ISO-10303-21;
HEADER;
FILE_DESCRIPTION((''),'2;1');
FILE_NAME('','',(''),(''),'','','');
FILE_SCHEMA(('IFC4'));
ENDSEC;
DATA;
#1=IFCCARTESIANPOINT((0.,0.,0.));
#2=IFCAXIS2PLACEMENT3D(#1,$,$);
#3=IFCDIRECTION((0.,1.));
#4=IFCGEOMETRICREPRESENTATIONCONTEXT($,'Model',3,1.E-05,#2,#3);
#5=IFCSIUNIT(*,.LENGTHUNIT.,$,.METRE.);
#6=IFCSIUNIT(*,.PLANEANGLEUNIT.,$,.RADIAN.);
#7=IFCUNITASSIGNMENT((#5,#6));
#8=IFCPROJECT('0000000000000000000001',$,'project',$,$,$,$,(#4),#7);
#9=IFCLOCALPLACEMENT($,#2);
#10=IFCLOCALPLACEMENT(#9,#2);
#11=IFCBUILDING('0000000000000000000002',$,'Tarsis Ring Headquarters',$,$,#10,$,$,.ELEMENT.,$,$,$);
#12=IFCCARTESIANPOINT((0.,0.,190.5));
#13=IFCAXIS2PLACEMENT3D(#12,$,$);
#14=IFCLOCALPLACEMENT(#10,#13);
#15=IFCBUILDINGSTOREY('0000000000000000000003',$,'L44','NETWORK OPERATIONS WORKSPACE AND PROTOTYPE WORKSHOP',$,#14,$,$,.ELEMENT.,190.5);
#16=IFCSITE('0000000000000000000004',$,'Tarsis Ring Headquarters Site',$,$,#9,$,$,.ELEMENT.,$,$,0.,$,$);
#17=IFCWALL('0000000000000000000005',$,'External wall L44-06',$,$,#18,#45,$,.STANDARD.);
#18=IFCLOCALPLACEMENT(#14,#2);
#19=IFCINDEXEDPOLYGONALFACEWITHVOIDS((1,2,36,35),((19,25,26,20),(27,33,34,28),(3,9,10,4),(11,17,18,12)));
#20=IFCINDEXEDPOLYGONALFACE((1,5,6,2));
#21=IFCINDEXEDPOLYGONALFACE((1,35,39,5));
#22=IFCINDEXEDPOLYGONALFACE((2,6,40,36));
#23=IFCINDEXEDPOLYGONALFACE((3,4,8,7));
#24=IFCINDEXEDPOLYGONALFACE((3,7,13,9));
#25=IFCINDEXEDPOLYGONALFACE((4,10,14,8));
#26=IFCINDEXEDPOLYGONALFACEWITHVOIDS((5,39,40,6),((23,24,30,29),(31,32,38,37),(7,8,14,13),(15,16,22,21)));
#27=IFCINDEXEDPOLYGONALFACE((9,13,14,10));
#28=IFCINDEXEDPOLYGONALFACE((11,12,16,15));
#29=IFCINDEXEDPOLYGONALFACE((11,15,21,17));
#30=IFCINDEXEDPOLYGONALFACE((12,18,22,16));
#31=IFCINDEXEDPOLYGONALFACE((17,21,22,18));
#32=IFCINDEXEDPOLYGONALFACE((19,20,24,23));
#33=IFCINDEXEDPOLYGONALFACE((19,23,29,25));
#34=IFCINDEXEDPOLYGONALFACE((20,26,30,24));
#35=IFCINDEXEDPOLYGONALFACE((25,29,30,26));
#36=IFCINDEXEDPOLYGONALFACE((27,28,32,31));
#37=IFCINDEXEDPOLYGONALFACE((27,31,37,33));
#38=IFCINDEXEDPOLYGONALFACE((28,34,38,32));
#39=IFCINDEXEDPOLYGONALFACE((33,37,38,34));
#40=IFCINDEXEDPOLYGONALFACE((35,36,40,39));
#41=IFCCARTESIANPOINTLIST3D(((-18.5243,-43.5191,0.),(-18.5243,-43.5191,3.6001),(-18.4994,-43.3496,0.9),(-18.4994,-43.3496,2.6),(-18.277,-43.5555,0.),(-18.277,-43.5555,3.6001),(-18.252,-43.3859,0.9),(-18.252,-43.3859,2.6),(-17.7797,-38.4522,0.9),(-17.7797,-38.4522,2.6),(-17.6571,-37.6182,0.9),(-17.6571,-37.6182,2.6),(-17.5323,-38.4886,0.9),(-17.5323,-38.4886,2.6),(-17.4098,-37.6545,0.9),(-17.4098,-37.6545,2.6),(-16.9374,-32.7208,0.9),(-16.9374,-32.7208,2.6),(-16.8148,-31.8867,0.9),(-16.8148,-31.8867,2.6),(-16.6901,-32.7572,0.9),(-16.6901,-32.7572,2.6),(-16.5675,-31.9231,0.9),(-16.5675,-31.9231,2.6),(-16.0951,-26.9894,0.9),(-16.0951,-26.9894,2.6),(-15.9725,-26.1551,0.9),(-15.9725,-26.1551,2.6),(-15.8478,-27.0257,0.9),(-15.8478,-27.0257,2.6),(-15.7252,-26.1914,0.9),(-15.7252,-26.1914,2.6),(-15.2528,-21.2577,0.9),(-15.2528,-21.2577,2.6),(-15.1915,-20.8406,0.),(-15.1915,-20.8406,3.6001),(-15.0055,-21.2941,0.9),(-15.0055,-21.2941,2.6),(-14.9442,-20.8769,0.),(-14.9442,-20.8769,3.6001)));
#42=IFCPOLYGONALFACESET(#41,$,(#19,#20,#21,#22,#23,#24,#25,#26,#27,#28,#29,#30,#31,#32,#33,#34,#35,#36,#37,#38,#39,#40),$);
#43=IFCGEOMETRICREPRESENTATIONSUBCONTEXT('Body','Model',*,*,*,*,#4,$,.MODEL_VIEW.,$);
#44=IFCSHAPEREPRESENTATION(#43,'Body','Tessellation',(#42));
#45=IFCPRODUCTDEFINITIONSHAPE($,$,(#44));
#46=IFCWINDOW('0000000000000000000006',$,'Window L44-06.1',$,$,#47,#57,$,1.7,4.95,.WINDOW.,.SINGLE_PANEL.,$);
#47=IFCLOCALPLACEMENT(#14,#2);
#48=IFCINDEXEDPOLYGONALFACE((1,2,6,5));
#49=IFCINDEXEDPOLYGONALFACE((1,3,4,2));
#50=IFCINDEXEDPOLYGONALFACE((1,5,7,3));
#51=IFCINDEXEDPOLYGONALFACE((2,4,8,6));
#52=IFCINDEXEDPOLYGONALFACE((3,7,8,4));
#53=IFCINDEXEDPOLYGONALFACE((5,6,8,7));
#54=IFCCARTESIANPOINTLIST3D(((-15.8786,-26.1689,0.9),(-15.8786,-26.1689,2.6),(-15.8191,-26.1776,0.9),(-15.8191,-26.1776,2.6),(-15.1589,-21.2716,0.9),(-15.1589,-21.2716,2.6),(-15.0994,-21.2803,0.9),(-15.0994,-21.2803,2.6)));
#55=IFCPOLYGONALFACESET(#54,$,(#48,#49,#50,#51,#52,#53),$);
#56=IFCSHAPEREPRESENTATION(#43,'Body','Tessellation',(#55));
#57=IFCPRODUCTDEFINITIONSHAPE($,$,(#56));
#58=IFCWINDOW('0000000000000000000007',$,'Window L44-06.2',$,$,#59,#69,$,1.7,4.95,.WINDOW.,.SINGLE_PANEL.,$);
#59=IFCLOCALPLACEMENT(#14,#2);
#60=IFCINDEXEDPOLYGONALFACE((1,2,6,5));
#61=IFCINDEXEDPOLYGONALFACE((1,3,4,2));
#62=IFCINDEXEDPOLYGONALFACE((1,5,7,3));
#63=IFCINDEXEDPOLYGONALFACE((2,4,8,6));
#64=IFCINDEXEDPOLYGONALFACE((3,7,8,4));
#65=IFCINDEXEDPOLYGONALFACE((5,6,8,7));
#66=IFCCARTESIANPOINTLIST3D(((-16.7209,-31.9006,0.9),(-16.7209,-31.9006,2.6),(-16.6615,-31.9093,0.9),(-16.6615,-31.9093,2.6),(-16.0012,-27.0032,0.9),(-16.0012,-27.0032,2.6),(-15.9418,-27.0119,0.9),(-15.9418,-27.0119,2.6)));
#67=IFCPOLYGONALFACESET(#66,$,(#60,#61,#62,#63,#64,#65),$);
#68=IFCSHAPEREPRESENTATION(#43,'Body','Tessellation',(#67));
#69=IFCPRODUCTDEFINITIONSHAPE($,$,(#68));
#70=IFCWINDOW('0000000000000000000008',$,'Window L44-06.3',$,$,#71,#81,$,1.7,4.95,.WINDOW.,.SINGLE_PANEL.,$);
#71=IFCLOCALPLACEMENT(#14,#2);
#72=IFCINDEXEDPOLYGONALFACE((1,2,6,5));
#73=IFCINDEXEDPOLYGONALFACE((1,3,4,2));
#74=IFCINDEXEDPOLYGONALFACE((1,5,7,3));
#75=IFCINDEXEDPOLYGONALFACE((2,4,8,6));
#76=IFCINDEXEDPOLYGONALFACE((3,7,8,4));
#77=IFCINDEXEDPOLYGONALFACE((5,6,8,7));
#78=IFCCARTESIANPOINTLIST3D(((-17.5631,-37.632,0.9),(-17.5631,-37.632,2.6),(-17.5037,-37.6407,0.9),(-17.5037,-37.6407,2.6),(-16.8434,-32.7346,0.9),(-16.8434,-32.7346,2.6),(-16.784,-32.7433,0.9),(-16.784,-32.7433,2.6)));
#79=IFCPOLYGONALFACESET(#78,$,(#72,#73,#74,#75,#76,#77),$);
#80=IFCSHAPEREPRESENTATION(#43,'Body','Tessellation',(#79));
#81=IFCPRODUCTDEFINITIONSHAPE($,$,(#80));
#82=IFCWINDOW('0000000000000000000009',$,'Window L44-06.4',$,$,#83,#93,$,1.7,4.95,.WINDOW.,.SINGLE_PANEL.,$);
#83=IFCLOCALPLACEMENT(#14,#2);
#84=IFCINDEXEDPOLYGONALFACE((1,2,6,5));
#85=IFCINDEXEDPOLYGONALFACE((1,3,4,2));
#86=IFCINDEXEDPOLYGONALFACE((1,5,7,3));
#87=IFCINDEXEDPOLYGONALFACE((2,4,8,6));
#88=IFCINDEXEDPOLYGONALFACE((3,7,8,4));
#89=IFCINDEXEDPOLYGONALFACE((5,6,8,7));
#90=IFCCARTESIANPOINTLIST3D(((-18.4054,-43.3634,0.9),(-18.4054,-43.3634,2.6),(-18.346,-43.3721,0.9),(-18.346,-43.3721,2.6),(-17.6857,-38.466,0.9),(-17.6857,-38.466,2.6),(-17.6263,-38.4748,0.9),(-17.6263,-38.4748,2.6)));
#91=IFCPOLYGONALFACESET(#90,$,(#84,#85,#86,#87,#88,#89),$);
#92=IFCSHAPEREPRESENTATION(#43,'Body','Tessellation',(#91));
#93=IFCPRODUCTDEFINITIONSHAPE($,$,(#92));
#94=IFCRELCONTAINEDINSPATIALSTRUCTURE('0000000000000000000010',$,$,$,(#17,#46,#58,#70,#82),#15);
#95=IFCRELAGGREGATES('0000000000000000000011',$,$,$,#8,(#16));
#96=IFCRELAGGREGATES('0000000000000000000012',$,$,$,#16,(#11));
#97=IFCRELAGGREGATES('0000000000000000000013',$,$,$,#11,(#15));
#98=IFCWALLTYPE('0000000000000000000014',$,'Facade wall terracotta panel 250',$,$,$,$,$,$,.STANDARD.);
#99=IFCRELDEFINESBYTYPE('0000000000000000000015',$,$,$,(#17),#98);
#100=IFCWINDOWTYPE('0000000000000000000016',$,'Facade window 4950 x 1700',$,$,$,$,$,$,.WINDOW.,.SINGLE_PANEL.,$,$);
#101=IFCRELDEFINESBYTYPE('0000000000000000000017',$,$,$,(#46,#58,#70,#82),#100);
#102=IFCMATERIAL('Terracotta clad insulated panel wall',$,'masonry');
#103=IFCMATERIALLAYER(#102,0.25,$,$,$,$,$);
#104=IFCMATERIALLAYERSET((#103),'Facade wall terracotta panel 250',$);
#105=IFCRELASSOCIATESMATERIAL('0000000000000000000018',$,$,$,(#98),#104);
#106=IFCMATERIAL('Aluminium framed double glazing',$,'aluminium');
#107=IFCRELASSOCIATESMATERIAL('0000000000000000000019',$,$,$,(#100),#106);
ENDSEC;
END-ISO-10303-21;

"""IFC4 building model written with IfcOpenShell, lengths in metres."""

from ifc_helpers import new_model, si_unit, direction, frame, frame_2d, origin, place, context, subcontext, project, spatial, rectangle, extrude, material, layer, layer_set, type_object, element, fill, save


model = new_model("IFC4")

# Units and contexts
model_context = context("Model", 3, precision=1e-05, world=origin(), true_north=direction((0.0, 1.0)))
body_context = subcontext(model_context, "Body", "Model", "MODEL_VIEW")
ifc_project = project(units=[si_unit("LENGTHUNIT", "METRE"), si_unit("PLANEANGLEUNIT", "RADIAN")], contexts=[model_context])

# Site, building, storey
site_placement = place(None, origin())
site = spatial("IfcSite", under=ifc_project, at=site_placement, Name="Tarsis Ring Headquarters Site", CompositionType="ELEMENT", RefElevation=0.0)
building_placement = place(site_placement, origin())
building = spatial("IfcBuilding", under=site, at=building_placement, Name="Tarsis Ring Headquarters", CompositionType="ELEMENT")
storey_placement = place(building_placement, frame((0.0, 0.0, 190.5)))
storey = spatial("IfcBuildingStorey", under=building, at=storey_placement, Name="L44", Description="NETWORK OPERATIONS WORKSPACE AND PROTOTYPE WORKSHOP", CompositionType="ELEMENT", Elevation=190.5)

# Wall, openings, windows
ifc_material_1 = material(Name="Terracotta clad insulated panel wall", Category="masonry")
ifc_layer_1 = layer(ifc_material_1, 0.25)
ifc_layer_set_1 = layer_set([ifc_layer_1], Name="Facade wall terracotta panel 250")
wall_type_1 = type_object("IfcWallType", Name="Facade wall terracotta panel 250", PredefinedType="STANDARD", material=ifc_layer_set_1)
wall_1_placement = place(storey_placement, frame((-15.0679, -20.8589, 0.0), z_axis=(0.0, 0.0, 1.0), x_axis=(-0.145396, -0.989374, 0.0)))
wall_1 = element("IfcWall", 1, at=wall_1_placement, inside=storey, type_object=wall_type_1, Name="External wall L44-06", PredefinedType="STANDARD", context=body_context, shape_type="SweptSolid", body=[
    extrude(rectangle(XDim=22.9221, YDim=0.25, at=frame_2d((11.4609, 0.0))), origin(), (0.0, 0.0, 1.0), 3.6001),
])
opening_1_placement = place(wall_1_placement, frame((0.4214, 0.0, 0.8999)))
opening_1 = element("IfcOpeningElement", 2, at=opening_1_placement, cuts=wall_1, PredefinedType="OPENING", context=body_context, shape_type="SweptSolid", body=[
    extrude(rectangle(XDim=4.95, YDim=1.7, at=frame_2d((2.4751, 0.8501))), frame((0.0, 0.135, 0.0), z_axis=(0.0, -1.0, 0.0), x_axis=(1.0, 0.0, 0.0)), (0.0, 0.0, 1.0), 0.27),
])
opening_2_placement = place(wall_1_placement, frame((6.2146, 0.0, 0.8999)))
opening_2 = element("IfcOpeningElement", 3, at=opening_2_placement, cuts=wall_1, PredefinedType="OPENING", context=body_context, shape_type="SweptSolid", body=[
    extrude(rectangle(XDim=4.95, YDim=1.7, at=frame_2d((2.4751, 0.8501))), frame((0.0, 0.135, 0.0), z_axis=(0.0, -1.0, 0.0), x_axis=(1.0, 0.0, 0.0)), (0.0, 0.0, 1.0), 0.27),
])
opening_3_placement = place(wall_1_placement, frame((12.0076, 0.0, 0.8999)))
opening_3 = element("IfcOpeningElement", 4, at=opening_3_placement, cuts=wall_1, PredefinedType="OPENING", context=body_context, shape_type="SweptSolid", body=[
    extrude(rectangle(XDim=4.95, YDim=1.7, at=frame_2d((2.4751, 0.8501))), frame((0.0, 0.135, 0.0), z_axis=(0.0, -1.0, 0.0), x_axis=(1.0, 0.0, 0.0)), (0.0, 0.0, 1.0), 0.27),
])
opening_4_placement = place(wall_1_placement, frame((17.8005, 0.0, 0.8999)))
opening_4 = element("IfcOpeningElement", 5, at=opening_4_placement, cuts=wall_1, PredefinedType="OPENING", context=body_context, shape_type="SweptSolid", body=[
    extrude(rectangle(XDim=4.95, YDim=1.7, at=frame_2d((2.4751, 0.8501))), frame((0.0, 0.135, 0.0), z_axis=(0.0, -1.0, 0.0), x_axis=(1.0, 0.0, 0.0)), (0.0, 0.0, 1.0), 0.27),
])
ifc_material_2 = material(Name="Aluminium framed double glazing", Category="aluminium")
window_type = type_object("IfcWindowType", Name="Facade window 4950 x 1700", PartitioningType="SINGLE_PANEL", PredefinedType="WINDOW", material=ifc_material_2)
window_1_placement = place(opening_1_placement, origin())
window_1 = element("IfcWindow", 6, at=window_1_placement, inside=storey, type_object=window_type, Name="Window L44-06.1", OverallHeight=1.7, OverallWidth=4.95, PartitioningType="SINGLE_PANEL", PredefinedType="WINDOW", context=body_context, shape_type="SweptSolid", body=[
    extrude(rectangle(XDim=4.95, YDim=1.7, at=frame_2d((2.4751, 0.8501))), frame((0.0, 0.03, 0.0), z_axis=(0.0, -1.0, 0.0), x_axis=(1.0, 0.0, 0.0)), (0.0, 0.0, 1.0), 0.0601),
])
fill(opening_1, window_1)
window_2_placement = place(opening_2_placement, origin())
window_2 = element("IfcWindow", 7, at=window_2_placement, inside=storey, type_object=window_type, Name="Window L44-06.2", OverallHeight=1.7, OverallWidth=4.95, PartitioningType="SINGLE_PANEL", PredefinedType="WINDOW", context=body_context, shape_type="SweptSolid", body=[
    extrude(rectangle(XDim=4.95, YDim=1.7, at=frame_2d((2.4751, 0.8501))), frame((0.0, 0.03, 0.0), z_axis=(0.0, -1.0, 0.0), x_axis=(1.0, 0.0, 0.0)), (0.0, 0.0, 1.0), 0.0601),
])
fill(opening_2, window_2)
window_3_placement = place(opening_3_placement, origin())
window_3 = element("IfcWindow", 8, at=window_3_placement, inside=storey, type_object=window_type, Name="Window L44-06.3", OverallHeight=1.7, OverallWidth=4.95, PartitioningType="SINGLE_PANEL", PredefinedType="WINDOW", context=body_context, shape_type="SweptSolid", body=[
    extrude(rectangle(XDim=4.95, YDim=1.7, at=frame_2d((2.4751, 0.8501))), frame((0.0, 0.03, 0.0), z_axis=(0.0, -1.0, 0.0), x_axis=(1.0, 0.0, 0.0)), (0.0, 0.0, 1.0), 0.0601),
])
fill(opening_3, window_3)
window_4_placement = place(opening_4_placement, origin())
window_4 = element("IfcWindow", 9, at=window_4_placement, inside=storey, type_object=window_type, Name="Window L44-06.4", OverallHeight=1.7, OverallWidth=4.95, PartitioningType="SINGLE_PANEL", PredefinedType="WINDOW", context=body_context, shape_type="SweptSolid", body=[
    extrude(rectangle(XDim=4.95, YDim=1.7, at=frame_2d((2.4751, 0.8501))), frame((0.0, 0.03, 0.0), z_axis=(0.0, -1.0, 0.0), x_axis=(1.0, 0.0, 0.0)), (0.0, 0.0, 1.0), 0.0601),
])
fill(opening_4, window_4)

save(model, "model.ifc")
